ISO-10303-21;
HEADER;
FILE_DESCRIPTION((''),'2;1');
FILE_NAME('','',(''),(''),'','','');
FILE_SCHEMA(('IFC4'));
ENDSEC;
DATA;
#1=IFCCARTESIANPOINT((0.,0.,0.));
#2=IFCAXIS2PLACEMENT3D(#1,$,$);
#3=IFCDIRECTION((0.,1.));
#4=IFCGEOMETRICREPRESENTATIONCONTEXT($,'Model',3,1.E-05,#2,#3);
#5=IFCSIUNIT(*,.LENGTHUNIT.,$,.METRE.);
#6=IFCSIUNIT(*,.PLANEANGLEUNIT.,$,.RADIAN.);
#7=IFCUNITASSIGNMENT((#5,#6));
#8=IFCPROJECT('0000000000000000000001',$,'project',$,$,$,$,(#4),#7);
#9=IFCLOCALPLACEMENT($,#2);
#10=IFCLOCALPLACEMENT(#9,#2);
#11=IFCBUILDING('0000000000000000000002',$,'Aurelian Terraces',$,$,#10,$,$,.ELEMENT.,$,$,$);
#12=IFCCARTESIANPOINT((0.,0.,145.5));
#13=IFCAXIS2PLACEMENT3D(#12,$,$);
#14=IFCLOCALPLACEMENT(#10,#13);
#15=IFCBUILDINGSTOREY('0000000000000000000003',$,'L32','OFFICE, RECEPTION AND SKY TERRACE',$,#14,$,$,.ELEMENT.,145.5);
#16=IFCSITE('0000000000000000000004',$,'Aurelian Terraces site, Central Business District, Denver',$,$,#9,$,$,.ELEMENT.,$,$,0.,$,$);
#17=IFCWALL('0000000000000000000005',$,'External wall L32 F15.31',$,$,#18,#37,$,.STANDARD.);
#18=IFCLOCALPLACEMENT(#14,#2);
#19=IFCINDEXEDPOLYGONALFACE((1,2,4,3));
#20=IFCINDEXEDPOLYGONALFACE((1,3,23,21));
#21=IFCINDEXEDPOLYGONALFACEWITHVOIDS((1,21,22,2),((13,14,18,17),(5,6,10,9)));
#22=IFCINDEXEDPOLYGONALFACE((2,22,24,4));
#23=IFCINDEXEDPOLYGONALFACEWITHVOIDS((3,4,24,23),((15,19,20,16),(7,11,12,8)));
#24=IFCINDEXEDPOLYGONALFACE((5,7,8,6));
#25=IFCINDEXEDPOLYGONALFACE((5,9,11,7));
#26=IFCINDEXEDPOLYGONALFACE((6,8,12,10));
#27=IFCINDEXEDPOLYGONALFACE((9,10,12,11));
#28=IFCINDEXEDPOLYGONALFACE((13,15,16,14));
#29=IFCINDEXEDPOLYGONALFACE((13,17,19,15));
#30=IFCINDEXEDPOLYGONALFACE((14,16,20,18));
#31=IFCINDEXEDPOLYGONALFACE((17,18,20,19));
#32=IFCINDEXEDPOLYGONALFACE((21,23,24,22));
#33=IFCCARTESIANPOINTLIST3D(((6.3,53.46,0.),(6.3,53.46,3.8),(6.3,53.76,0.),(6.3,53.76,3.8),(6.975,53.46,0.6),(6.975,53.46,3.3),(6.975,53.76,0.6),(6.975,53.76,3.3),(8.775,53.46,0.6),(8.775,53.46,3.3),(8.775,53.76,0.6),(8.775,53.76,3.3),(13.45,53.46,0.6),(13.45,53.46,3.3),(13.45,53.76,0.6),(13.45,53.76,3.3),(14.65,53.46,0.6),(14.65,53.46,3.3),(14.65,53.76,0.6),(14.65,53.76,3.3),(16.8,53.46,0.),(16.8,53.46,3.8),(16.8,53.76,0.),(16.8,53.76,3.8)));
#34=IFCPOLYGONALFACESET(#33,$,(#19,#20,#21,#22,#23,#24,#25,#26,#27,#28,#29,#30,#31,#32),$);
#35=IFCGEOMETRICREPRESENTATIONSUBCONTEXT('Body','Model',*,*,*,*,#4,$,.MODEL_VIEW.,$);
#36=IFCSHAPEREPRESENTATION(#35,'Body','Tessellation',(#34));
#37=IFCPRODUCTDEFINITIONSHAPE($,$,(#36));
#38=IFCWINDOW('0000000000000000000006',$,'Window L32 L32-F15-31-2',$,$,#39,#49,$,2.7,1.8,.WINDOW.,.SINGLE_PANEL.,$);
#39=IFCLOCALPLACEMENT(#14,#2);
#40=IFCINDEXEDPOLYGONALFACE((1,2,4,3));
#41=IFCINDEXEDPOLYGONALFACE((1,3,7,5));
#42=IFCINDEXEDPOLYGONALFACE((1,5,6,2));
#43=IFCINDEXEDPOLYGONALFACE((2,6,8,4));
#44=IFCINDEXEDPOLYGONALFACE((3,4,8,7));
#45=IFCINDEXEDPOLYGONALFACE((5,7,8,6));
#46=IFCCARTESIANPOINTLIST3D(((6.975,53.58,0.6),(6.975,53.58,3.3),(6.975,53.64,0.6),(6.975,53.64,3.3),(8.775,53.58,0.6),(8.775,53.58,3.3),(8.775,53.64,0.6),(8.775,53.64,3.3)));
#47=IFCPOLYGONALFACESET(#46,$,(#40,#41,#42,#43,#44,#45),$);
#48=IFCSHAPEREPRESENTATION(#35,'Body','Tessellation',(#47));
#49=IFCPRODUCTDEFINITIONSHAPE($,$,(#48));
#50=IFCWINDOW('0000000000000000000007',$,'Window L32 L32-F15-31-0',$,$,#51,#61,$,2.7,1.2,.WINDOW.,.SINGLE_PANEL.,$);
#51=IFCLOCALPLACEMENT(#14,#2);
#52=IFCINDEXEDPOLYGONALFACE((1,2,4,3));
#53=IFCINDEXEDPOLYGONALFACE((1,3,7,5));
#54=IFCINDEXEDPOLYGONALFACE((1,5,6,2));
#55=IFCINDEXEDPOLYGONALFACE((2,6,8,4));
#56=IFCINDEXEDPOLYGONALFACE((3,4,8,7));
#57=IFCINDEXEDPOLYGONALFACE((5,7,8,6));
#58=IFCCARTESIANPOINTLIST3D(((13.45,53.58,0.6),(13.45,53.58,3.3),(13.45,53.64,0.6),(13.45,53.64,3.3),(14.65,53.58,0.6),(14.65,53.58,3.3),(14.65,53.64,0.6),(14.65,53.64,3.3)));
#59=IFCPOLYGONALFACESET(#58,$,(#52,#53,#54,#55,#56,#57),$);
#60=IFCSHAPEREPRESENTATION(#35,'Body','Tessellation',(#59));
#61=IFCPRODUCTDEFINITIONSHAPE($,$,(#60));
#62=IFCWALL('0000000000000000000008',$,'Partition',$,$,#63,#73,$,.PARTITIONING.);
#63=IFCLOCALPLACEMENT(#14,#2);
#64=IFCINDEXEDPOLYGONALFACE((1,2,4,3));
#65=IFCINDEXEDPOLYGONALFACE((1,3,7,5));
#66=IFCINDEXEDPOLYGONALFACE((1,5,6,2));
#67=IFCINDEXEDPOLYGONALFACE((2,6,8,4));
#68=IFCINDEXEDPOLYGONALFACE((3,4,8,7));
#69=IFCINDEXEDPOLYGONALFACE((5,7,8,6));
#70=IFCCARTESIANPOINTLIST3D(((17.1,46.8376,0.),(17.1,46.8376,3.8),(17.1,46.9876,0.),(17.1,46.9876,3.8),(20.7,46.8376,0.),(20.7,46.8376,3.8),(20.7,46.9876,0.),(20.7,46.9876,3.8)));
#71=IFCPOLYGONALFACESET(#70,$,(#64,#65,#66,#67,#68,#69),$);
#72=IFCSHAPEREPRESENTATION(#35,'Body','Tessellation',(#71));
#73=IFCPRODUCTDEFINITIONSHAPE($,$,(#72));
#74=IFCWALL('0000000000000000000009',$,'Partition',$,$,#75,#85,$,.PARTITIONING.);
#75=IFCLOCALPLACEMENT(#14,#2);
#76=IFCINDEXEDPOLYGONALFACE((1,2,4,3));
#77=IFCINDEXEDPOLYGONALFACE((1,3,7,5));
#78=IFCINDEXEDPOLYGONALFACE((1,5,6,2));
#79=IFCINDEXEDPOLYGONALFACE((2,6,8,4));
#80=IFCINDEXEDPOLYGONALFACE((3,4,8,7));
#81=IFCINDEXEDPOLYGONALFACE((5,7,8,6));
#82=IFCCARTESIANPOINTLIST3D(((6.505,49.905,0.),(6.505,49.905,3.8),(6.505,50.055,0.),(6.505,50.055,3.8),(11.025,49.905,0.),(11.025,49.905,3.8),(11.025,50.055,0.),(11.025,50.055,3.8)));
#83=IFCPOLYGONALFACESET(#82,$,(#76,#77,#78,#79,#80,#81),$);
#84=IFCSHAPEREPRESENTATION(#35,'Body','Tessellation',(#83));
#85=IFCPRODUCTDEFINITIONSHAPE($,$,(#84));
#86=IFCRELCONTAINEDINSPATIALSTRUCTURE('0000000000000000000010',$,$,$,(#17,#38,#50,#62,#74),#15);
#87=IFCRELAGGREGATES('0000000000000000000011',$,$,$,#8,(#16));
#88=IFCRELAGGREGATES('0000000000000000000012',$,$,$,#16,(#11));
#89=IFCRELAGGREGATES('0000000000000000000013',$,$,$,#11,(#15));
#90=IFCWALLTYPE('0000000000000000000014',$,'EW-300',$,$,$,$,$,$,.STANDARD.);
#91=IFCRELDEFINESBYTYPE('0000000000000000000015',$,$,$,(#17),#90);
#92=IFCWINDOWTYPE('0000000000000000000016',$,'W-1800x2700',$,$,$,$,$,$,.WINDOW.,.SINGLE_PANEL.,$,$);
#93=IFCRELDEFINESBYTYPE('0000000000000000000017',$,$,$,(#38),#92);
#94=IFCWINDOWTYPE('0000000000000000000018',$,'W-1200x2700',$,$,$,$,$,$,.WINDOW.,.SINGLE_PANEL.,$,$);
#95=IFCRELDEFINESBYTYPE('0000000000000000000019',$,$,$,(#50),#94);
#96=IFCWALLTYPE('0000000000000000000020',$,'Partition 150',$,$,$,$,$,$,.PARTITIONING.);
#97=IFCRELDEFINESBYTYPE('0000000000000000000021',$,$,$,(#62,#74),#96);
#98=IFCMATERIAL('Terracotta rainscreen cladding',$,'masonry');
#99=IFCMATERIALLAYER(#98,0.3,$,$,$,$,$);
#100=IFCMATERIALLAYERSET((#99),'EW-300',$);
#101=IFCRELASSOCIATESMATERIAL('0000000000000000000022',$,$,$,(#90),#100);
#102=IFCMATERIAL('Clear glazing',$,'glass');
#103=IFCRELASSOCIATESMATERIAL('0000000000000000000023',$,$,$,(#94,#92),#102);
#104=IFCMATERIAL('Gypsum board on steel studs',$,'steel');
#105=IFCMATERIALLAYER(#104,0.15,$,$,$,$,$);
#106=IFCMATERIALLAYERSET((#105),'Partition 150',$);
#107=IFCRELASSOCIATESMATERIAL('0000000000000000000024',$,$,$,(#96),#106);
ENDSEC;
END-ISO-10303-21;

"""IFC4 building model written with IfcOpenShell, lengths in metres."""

from ifc_helpers import new_model, si_unit, direction, frame, frame_2d, origin, place, context, subcontext, project, spatial, rectangle, extrude, source, transform, mapped, material, layer, layer_set, type_object, element, fill, save


model = new_model("IFC4")

# Units and contexts
model_context = context("Model", 3, precision=1e-05, world=origin(), true_north=direction((0.0, 1.0)))
body_context = subcontext(model_context, "Body", "Model", "MODEL_VIEW")
ifc_project = project(units=[si_unit("LENGTHUNIT", "METRE"), si_unit("PLANEANGLEUNIT", "RADIAN")], contexts=[model_context])

# Site, building, storey
site_placement = place(None, origin())
site = spatial("IfcSite", under=ifc_project, at=site_placement, Name="Aurelian Terraces site, Central Business District, Denver", CompositionType="ELEMENT", RefElevation=0.0)
building_placement = place(site_placement, origin())
building = spatial("IfcBuilding", under=site, at=building_placement, Name="Aurelian Terraces", CompositionType="ELEMENT")
storey_placement = place(building_placement, frame((0.0, 0.0, 145.5)))
storey = spatial("IfcBuildingStorey", under=building, at=storey_placement, Name="L32", Description="OFFICE, RECEPTION AND SKY TERRACE", CompositionType="ELEMENT", Elevation=145.5)

# Shared definitions
ifc_material_1 = material(Name="Terracotta rainscreen cladding", Category="masonry")
ifc_layer_1 = layer(ifc_material_1, 0.3)
ifc_layer_set_1 = layer_set([ifc_layer_1], Name="EW-300")
wall_type_1 = type_object("IfcWallType", Name="EW-300", PredefinedType="STANDARD", material=ifc_layer_set_1)
ifc_material_2 = material(Name="Clear glazing", Category="glass")
shared_shape_1 = source(origin(), body_context, "Body", "SweptSolid", [
    extrude(rectangle(XDim=1.2, YDim=2.7, at=frame_2d((0.6, 1.35))), frame((0.0, 0.16, 0.0), z_axis=(0.0, -1.0, 0.0), x_axis=(1.0, 0.0, 0.0)), (0.0, 0.0, 1.0), 0.32),
])
window_type_1 = type_object("IfcWindowType", Name="W-1200x2700", PartitioningType="SINGLE_PANEL", PredefinedType="WINDOW", material=ifc_material_2)
shared_shape_2 = source(origin(), body_context, "Body", "SweptSolid", [
    extrude(rectangle(XDim=1.2, YDim=2.7, at=frame_2d((0.6, 1.35))), frame((0.0, 0.03, 0.0), z_axis=(0.0, -1.0, 0.0), x_axis=(1.0, 0.0, 0.0)), (0.0, 0.0, 1.0), 0.06),
])

# Wall, openings, windows
shared_shape_3 = source(origin(), body_context, "Body", "SweptSolid", [
    extrude(rectangle(XDim=10.5, YDim=0.3, at=frame_2d((5.25, 0.0))), origin(), (0.0, 0.0, 1.0), 3.8),
])
wall_1_placement = place(storey_placement, frame((16.8, 53.61, 0.0), z_axis=(0.0, 0.0, 1.0), x_axis=(-1.0, 0.0, 0.0)))
wall_1 = element("IfcWall", 1, at=wall_1_placement, inside=storey, type_object=wall_type_1, Name="External wall L32 F15.31", PredefinedType="STANDARD", context=body_context, shape_type="MappedRepresentation", body=[
    mapped(shared_shape_3, transform((0.0, 0.0, 0.0), scale=1.0)),
])
opening_1_placement = place(wall_1_placement, frame((2.15, 0.0, 0.6)))
opening_1 = element("IfcOpeningElement", 2, at=opening_1_placement, cuts=wall_1, PredefinedType="OPENING", context=body_context, shape_type="MappedRepresentation", body=[
    mapped(shared_shape_1, transform((0.0, 0.0, 0.0), scale=1.0)),
])
shared_shape_4 = source(origin(), body_context, "Body", "SweptSolid", [
    extrude(rectangle(XDim=1.8, YDim=2.7, at=frame_2d((0.9, 1.35))), frame((0.0, 0.16, 0.0), z_axis=(0.0, -1.0, 0.0), x_axis=(1.0, 0.0, 0.0)), (0.0, 0.0, 1.0), 0.32),
])
opening_2_placement = place(wall_1_placement, frame((8.025, 0.0, 0.6)))
opening_2 = element("IfcOpeningElement", 3, at=opening_2_placement, cuts=wall_1, PredefinedType="OPENING", context=body_context, shape_type="MappedRepresentation", body=[
    mapped(shared_shape_4, transform((0.0, 0.0, 0.0), scale=1.0)),
])
window_type_2 = type_object("IfcWindowType", Name="W-1800x2700", PartitioningType="SINGLE_PANEL", PredefinedType="WINDOW", material=ifc_material_2)
shared_shape_5 = source(origin(), body_context, "Body", "SweptSolid", [
    extrude(rectangle(XDim=1.8, YDim=2.7, at=frame_2d((0.9, 1.35))), frame((0.0, 0.03, 0.0), z_axis=(0.0, -1.0, 0.0), x_axis=(1.0, 0.0, 0.0)), (0.0, 0.0, 1.0), 0.06),
])
window_1_placement = place(opening_2_placement, origin())
window_1 = element("IfcWindow", 4, at=window_1_placement, inside=storey, type_object=window_type_2, Name="Window L32 L32-F15-31-2", OverallHeight=2.7, OverallWidth=1.8, PartitioningType="SINGLE_PANEL", PredefinedType="WINDOW", context=body_context, shape_type="MappedRepresentation", body=[
    mapped(shared_shape_5, transform((0.0, 0.0, 0.0), scale=1.0)),
])
fill(opening_2, window_1)
window_2_placement = place(opening_1_placement, origin())
window_2 = element("IfcWindow", 5, at=window_2_placement, inside=storey, type_object=window_type_1, Name="Window L32 L32-F15-31-0", OverallHeight=2.7, OverallWidth=1.2, PartitioningType="SINGLE_PANEL", PredefinedType="WINDOW", context=body_context, shape_type="MappedRepresentation", body=[
    mapped(shared_shape_2, transform((0.0, 0.0, 0.0), scale=1.0)),
])
fill(opening_1, window_2)

# Walls
ifc_material_3 = material(Name="Gypsum board on steel studs", Category="steel")
ifc_layer_2 = layer(ifc_material_3, 0.15)
ifc_layer_set_2 = layer_set([ifc_layer_2], Name="Partition 150")
wall_type_2 = type_object("IfcWallType", Name="Partition 150", PredefinedType="PARTITIONING", material=ifc_layer_set_2)
shared_shape_6 = source(origin(), body_context, "Body", "SweptSolid", [
    extrude(rectangle(XDim=3.6, YDim=0.15, at=frame_2d((1.8, 0.0))), origin(), (0.0, 0.0, 1.0), 3.8),
])
wall_2_placement = place(storey_placement, frame((17.1, 46.9126, 0.0), z_axis=(0.0, 0.0, 1.0), x_axis=(1.0, 0.0, 0.0)))
element("IfcWall", 6, at=wall_2_placement, inside=storey, type_object=wall_type_2, Name="Partition", PredefinedType="PARTITIONING", context=body_context, shape_type="MappedRepresentation", body=[
    mapped(shared_shape_6, transform((0.0, 0.0, 0.0), scale=1.0)),
])
shared_shape_7 = source(origin(), body_context, "Body", "SweptSolid", [
    extrude(rectangle(XDim=4.52, YDim=0.15, at=frame_2d((2.26, 0.0))), origin(), (0.0, 0.0, 1.0), 3.8),
])
wall_3_placement = place(storey_placement, frame((11.025, 49.98, 0.0), z_axis=(0.0, 0.0, 1.0), x_axis=(-1.0, 0.0, 0.0)))
element("IfcWall", 7, at=wall_3_placement, inside=storey, type_object=wall_type_2, Name="Partition", PredefinedType="PARTITIONING", context=body_context, shape_type="MappedRepresentation", body=[
    mapped(shared_shape_7, transform((0.0, 0.0, 0.0), scale=1.0)),
])

save(model, "model.ifc")
